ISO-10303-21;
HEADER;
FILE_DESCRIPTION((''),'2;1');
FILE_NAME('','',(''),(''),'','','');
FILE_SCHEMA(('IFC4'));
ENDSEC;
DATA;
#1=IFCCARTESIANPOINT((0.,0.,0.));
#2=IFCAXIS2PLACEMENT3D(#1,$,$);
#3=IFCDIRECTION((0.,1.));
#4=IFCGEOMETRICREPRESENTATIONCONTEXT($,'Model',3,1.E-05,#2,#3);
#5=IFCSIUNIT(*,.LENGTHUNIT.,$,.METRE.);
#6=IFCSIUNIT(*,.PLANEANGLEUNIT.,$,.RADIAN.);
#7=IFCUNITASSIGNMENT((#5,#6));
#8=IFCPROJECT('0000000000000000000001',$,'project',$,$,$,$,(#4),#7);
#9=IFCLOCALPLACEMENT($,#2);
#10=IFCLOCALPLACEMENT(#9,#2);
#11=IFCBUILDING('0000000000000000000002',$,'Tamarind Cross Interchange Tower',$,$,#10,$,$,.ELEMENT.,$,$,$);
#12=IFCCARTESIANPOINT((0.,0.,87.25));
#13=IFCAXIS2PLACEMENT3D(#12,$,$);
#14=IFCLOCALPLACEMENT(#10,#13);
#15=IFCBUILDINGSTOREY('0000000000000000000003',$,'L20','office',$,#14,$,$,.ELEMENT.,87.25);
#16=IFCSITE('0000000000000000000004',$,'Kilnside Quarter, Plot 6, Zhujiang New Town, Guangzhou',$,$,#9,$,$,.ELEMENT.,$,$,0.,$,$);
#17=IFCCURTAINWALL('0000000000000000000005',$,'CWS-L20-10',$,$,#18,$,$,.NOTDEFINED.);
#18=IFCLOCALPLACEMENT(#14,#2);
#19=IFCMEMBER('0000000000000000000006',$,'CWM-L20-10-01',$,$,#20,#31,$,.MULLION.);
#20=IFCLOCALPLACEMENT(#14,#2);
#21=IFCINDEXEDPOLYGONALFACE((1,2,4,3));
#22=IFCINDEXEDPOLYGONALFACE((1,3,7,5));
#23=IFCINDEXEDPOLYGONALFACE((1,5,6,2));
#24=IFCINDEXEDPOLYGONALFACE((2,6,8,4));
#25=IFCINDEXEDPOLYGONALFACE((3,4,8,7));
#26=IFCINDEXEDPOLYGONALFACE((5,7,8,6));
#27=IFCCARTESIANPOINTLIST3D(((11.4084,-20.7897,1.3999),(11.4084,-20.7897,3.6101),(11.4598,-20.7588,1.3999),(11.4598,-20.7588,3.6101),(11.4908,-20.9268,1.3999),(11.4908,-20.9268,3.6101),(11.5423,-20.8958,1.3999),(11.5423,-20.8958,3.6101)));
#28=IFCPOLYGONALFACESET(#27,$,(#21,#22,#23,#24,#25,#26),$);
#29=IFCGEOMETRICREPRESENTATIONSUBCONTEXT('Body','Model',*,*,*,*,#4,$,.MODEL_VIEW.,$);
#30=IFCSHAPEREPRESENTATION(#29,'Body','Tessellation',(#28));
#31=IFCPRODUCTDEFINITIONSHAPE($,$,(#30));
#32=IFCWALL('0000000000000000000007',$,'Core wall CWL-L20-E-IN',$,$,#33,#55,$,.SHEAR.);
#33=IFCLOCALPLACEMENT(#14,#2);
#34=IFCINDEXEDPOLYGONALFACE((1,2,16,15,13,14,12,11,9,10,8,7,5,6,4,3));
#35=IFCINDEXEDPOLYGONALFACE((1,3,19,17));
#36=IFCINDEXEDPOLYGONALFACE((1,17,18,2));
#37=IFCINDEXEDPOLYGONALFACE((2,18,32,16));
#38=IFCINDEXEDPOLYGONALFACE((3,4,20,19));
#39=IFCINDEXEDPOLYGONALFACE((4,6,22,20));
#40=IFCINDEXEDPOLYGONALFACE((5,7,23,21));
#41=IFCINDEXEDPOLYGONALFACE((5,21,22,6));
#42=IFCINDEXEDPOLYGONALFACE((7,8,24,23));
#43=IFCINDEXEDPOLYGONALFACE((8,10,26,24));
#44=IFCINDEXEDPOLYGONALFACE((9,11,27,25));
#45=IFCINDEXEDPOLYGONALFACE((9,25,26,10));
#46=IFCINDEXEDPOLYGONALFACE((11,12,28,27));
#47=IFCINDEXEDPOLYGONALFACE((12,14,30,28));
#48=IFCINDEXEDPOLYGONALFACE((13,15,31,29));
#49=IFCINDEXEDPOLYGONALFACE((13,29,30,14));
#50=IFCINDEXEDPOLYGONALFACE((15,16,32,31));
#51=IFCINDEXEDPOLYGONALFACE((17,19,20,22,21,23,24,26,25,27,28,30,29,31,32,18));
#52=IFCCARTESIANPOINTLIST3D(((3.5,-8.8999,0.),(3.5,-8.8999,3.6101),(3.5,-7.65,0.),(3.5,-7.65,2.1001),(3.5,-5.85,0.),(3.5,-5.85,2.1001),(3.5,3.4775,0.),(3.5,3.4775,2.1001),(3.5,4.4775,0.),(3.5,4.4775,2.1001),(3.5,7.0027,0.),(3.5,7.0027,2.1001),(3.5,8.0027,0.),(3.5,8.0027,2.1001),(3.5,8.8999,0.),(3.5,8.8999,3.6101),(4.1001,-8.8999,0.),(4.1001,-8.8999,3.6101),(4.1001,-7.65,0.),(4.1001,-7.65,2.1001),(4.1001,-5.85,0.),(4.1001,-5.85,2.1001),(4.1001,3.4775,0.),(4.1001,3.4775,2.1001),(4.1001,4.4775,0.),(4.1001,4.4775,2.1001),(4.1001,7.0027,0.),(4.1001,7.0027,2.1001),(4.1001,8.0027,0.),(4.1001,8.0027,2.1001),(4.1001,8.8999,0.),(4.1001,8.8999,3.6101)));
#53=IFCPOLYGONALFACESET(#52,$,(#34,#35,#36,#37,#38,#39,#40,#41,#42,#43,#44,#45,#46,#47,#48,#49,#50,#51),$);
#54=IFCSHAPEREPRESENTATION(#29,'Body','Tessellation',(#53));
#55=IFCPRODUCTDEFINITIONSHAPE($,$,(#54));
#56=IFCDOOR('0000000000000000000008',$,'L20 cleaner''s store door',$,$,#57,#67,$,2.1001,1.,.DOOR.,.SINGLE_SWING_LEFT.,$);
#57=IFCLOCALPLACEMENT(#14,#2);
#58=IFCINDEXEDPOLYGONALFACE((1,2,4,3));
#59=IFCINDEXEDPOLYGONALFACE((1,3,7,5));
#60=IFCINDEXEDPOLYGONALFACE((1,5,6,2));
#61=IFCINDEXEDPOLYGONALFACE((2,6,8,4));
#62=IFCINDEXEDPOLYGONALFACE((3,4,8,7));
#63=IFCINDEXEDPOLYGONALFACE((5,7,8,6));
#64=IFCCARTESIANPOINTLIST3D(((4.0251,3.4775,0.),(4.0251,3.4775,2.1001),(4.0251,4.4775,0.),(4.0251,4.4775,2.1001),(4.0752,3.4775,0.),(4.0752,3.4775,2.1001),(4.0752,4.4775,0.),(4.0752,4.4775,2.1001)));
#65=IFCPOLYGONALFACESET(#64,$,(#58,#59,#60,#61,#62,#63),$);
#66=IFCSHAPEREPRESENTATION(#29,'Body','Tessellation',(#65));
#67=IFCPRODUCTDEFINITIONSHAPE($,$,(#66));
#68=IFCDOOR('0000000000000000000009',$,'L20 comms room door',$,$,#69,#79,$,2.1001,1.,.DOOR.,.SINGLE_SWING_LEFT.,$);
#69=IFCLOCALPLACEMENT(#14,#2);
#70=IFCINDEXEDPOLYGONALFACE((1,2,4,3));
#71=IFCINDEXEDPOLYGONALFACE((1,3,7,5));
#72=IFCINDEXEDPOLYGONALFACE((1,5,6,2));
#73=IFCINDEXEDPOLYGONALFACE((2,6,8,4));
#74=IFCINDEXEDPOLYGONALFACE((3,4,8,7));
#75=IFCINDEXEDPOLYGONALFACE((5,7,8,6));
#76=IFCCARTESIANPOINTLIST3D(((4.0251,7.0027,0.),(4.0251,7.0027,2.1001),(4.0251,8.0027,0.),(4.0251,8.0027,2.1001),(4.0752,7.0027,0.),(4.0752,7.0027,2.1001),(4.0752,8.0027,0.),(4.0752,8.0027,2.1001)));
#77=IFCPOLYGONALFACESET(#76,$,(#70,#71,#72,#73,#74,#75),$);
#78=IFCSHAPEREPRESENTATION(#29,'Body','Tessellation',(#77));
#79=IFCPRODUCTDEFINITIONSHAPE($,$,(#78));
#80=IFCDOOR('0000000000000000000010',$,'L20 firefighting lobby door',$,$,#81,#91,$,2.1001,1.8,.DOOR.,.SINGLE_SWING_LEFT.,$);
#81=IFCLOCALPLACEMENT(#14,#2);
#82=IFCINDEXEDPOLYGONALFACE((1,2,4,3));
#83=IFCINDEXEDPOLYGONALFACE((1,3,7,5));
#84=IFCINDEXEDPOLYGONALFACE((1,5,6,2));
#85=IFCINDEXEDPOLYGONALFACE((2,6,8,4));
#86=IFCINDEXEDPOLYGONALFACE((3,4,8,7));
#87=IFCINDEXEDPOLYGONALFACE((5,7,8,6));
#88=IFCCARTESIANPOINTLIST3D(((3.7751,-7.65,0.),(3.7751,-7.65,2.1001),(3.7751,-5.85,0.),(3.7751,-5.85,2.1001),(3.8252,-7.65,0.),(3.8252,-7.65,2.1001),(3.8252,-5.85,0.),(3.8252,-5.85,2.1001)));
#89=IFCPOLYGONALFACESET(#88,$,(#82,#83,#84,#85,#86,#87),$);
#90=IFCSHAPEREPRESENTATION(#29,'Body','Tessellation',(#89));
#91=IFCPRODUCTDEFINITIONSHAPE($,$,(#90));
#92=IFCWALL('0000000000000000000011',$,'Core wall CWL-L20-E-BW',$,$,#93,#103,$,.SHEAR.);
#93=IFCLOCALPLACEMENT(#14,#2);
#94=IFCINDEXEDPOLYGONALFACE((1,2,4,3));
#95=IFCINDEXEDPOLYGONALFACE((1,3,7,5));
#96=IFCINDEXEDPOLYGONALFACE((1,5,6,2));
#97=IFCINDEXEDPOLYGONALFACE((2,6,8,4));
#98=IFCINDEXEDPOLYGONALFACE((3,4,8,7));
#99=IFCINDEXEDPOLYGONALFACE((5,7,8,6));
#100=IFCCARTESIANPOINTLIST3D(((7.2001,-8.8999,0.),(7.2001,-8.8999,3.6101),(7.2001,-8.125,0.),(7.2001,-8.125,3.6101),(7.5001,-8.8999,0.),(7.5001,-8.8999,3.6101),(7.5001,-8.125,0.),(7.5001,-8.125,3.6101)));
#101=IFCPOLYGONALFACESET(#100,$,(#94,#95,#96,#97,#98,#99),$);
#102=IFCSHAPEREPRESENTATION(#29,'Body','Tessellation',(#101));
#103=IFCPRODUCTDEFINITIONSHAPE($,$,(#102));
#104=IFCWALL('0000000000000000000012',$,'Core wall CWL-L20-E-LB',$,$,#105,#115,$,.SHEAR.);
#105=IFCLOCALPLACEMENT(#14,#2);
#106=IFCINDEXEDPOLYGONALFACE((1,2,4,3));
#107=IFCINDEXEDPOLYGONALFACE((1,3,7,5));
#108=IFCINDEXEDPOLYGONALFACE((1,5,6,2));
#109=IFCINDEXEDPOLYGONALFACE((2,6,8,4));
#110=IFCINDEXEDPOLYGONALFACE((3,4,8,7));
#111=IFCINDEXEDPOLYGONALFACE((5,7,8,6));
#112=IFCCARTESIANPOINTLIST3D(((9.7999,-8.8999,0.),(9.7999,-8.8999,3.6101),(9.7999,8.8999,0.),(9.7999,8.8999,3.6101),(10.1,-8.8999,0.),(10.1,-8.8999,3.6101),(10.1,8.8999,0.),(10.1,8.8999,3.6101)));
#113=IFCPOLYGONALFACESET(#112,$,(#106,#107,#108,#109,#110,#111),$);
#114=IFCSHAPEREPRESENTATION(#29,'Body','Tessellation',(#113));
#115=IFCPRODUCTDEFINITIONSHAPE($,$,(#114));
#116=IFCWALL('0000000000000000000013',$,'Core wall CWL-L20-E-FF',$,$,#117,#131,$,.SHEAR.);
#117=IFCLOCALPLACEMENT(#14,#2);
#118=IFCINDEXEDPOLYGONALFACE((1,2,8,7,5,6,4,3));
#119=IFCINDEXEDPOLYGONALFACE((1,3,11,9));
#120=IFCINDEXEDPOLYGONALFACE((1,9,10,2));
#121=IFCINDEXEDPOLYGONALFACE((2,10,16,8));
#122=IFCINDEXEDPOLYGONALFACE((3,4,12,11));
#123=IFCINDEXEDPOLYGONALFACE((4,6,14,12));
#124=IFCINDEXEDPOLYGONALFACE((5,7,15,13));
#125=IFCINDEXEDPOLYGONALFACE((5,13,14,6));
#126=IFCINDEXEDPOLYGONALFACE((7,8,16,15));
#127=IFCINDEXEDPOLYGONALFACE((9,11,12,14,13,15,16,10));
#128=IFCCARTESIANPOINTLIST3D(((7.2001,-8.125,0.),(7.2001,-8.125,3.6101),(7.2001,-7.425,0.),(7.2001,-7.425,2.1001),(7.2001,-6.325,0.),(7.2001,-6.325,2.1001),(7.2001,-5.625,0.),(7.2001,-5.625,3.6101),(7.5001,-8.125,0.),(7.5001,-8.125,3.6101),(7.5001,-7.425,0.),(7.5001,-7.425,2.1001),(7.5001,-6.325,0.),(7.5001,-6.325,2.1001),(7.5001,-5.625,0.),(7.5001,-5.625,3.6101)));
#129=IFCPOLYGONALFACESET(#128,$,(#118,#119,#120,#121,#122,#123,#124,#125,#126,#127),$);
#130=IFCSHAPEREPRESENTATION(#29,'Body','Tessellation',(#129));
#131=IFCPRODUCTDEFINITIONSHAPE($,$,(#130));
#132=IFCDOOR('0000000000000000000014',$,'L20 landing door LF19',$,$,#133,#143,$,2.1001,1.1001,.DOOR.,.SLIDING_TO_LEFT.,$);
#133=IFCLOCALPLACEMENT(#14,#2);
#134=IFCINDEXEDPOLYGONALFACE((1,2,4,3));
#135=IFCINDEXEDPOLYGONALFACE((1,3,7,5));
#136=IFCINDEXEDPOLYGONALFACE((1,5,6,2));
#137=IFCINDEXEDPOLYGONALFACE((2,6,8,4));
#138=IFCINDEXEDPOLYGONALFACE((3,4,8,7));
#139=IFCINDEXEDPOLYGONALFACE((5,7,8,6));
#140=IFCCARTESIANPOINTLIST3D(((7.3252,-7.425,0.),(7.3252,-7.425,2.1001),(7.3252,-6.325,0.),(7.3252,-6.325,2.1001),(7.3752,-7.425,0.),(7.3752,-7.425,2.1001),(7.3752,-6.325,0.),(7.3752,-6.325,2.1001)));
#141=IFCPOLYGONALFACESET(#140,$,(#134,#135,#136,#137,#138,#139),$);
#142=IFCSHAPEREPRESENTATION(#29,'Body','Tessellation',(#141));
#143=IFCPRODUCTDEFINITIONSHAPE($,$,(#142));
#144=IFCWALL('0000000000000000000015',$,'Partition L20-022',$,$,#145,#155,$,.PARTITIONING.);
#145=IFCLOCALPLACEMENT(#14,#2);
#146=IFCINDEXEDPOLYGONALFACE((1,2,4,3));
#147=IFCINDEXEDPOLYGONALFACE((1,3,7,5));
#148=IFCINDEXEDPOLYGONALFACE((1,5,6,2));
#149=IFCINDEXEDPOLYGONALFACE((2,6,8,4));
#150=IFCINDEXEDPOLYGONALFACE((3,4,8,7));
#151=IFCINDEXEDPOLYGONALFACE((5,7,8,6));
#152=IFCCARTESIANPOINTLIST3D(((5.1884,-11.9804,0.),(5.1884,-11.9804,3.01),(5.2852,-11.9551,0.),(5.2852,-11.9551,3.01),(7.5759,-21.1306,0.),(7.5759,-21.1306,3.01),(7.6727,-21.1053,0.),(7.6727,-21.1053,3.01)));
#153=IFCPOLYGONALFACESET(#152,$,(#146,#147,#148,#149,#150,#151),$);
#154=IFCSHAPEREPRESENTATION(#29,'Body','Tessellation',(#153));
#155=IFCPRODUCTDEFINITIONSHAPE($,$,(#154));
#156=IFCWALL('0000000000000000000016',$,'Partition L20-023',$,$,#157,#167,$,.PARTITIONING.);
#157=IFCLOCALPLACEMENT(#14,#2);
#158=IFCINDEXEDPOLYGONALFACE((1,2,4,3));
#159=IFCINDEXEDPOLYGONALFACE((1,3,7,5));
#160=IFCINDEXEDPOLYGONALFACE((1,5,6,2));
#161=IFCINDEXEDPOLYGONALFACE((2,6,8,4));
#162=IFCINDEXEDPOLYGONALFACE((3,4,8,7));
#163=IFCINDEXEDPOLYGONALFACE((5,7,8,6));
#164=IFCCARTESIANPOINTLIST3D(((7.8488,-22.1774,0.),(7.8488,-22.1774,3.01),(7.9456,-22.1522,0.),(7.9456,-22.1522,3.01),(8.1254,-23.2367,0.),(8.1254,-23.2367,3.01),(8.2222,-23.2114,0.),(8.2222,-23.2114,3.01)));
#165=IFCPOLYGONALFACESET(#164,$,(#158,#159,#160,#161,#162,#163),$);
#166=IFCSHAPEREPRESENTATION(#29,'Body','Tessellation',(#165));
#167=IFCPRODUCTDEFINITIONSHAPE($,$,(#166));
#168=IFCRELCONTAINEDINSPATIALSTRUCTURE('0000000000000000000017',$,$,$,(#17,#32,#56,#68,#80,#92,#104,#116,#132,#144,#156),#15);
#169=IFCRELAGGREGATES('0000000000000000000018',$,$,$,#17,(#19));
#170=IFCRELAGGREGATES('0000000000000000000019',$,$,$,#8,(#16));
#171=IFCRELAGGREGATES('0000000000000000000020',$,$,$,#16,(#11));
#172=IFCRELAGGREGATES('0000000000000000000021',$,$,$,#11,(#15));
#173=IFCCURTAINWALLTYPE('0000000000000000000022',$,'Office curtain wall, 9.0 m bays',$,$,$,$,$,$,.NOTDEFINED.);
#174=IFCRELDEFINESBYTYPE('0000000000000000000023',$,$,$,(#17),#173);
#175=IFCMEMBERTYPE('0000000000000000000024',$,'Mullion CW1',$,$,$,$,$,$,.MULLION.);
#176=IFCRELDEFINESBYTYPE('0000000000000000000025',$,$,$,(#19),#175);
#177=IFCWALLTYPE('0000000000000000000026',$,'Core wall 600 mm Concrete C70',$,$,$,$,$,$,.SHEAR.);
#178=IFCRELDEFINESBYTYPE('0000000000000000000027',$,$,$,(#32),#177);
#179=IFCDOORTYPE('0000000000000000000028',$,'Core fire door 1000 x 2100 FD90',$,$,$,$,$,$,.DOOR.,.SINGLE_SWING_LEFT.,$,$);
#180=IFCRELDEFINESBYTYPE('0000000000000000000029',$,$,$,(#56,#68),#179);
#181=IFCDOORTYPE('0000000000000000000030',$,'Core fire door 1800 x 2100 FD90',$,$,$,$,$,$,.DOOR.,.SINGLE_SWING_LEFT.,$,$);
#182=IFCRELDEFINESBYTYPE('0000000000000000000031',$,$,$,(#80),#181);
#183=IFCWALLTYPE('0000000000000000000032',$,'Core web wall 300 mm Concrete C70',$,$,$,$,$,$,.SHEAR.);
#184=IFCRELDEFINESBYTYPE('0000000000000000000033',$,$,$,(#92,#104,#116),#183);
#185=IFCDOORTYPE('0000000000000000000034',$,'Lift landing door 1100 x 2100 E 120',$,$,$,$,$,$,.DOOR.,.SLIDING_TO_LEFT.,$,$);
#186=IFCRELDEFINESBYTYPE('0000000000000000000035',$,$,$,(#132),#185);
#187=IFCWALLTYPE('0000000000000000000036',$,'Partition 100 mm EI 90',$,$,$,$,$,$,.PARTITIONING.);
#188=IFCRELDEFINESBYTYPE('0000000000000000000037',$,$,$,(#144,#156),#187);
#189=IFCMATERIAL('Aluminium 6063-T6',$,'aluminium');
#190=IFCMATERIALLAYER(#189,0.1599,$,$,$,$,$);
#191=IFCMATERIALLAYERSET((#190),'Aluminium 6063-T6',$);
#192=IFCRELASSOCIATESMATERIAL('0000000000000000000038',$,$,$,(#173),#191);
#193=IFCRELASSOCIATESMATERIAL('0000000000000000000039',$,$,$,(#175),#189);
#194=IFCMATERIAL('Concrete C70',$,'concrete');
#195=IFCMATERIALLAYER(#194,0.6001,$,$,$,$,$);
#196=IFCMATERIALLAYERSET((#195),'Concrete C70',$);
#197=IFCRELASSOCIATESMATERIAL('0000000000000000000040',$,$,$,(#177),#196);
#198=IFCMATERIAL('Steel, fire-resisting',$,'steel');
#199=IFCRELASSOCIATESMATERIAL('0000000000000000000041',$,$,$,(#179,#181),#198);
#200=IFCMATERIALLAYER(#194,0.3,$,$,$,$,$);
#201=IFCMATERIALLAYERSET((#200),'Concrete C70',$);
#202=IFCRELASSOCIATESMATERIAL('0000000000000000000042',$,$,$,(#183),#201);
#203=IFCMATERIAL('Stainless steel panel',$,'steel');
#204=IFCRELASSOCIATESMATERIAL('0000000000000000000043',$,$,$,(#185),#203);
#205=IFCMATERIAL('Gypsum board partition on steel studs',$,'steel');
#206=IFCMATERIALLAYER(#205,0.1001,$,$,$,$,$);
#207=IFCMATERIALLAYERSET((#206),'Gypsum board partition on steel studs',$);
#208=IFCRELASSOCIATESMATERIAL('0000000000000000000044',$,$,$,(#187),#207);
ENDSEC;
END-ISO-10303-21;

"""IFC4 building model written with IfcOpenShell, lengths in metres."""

from ifc_helpers import new_model, si_unit, direction, frame, frame_2d, origin, origin_2d, place, context, subcontext, project, spatial, rectangle, extrude, material, layer, layer_set, material_profile, profile_set, type_object, element, fill, aggregate, save


model = new_model("IFC4")

# Units and contexts
model_context = context("Model", 3, precision=1e-05, world=origin(), true_north=direction((0.0, 1.0)))
body_context = subcontext(model_context, "Body", "Model", "MODEL_VIEW")
ifc_project = project(units=[si_unit("LENGTHUNIT", "METRE"), si_unit("PLANEANGLEUNIT", "RADIAN")], contexts=[model_context])

# Site, building, storey
site_placement = place(None, origin())
site = spatial("IfcSite", under=ifc_project, at=site_placement, Name="Kilnside Quarter, Plot 6, Zhujiang New Town, Guangzhou", CompositionType="ELEMENT", RefElevation=0.0)
building_placement = place(site_placement, origin())
building = spatial("IfcBuilding", under=site, at=building_placement, Name="Tamarind Cross Interchange Tower", CompositionType="ELEMENT")
storey_placement = place(building_placement, frame((0.0, 0.0, 87.25)))
storey = spatial("IfcBuildingStorey", under=building, at=storey_placement, Name="L20", Description="office", CompositionType="ELEMENT", Elevation=87.25)

# Curtain wall, member
ifc_material_1 = material(Name="Aluminium 6063-T6", Category="aluminium")
ifc_layer_1 = layer(ifc_material_1, 0.1599)
ifc_layer_set_1 = layer_set([ifc_layer_1], Name="Aluminium 6063-T6")
curtain_wall_type = type_object("IfcCurtainWallType", Name="Office curtain wall, 9.0 m bays", PredefinedType="NOTDEFINED", material=ifc_layer_set_1)
curtain_wall_placement = place(storey_placement, origin())
curtain_wall = element("IfcCurtainWall", 1, at=curtain_wall_placement, inside=storey, type_object=curtain_wall_type, Name="CWS-L20-10", PredefinedType="NOTDEFINED")
ifc_material_profile_1 = material_profile(ifc_material_1, rectangle(XDim=0.0601, YDim=0.1599, at=origin_2d()), Name="Mullion CW1")
ifc_profile_set_1 = profile_set([ifc_material_profile_1], Name="Aluminium 6063-T6")
member_type = type_object("IfcMemberType", Name="Mullion CW1", PredefinedType="MULLION", material=ifc_profile_set_1)
member_placement = place(storey_placement, frame((11.4753, -20.8428, 1.3999), z_axis=(0.0, 0.0, 1.0), x_axis=(0.856843, 0.515577, 0.0)))
member = element("IfcMember", 2, at=member_placement, type_object=member_type, Name="CWM-L20-10-01", PredefinedType="MULLION", context=body_context, shape_type="SweptSolid", body=[
    extrude(rectangle(XDim=0.0601, YDim=0.1599, at=origin_2d()), origin(), (0.0, 0.0, 1.0), 2.2102),
])
aggregate(curtain_wall, [member])

# Wall, openings, doors
ifc_material_2 = material(Name="Concrete C70", Category="concrete")
ifc_layer_2 = layer(ifc_material_2, 0.6001)
ifc_layer_set_2 = layer_set([ifc_layer_2], Name="Concrete C70")
wall_type_1 = type_object("IfcWallType", Name="Core wall 600 mm Concrete C70", PredefinedType="SHEAR", material=ifc_layer_set_2)
wall_1_placement = place(storey_placement, frame((3.8, -8.8999, 0.0), z_axis=(0.0, 0.0, 1.0), x_axis=(0.0, 1.0, 0.0)))
wall_1 = element("IfcWall", 3, at=wall_1_placement, inside=storey, type_object=wall_type_1, Name="Core wall CWL-L20-E-IN", PredefinedType="SHEAR", context=body_context, shape_type="SweptSolid", body=[
    extrude(rectangle(XDim=17.7998, YDim=0.6001, at=frame_2d((8.8999, 0.0))), origin(), (0.0, 0.0, 1.0), 3.6101),
])
opening_1_placement = place(wall_1_placement, frame((1.25, 0.0, 0.0)))
opening_1 = element("IfcOpeningElement", 4, at=opening_1_placement, cuts=wall_1, PredefinedType="OPENING", context=body_context, shape_type="SweptSolid", body=[
    extrude(rectangle(XDim=1.8, YDim=2.1001, at=frame_2d((0.8999, 1.05))), frame((0.0, 0.3101, 0.0), z_axis=(0.0, -1.0, 0.0), x_axis=(1.0, 0.0, 0.0)), (0.0, 0.0, 1.0), 0.6201),
])
opening_2_placement = place(wall_1_placement, frame((12.3774, 0.0, 0.0)))
opening_2 = element("IfcOpeningElement", 5, at=opening_2_placement, cuts=wall_1, PredefinedType="OPENING", context=body_context, shape_type="SweptSolid", body=[
    extrude(rectangle(XDim=1.0, YDim=2.1001, at=frame_2d((0.5, 1.05))), frame((0.0, 0.3101, 0.0), z_axis=(0.0, -1.0, 0.0), x_axis=(1.0, 0.0, 0.0)), (0.0, 0.0, 1.0), 0.6201),
])
opening_3_placement = place(wall_1_placement, frame((15.9026, 0.0, 0.0)))
opening_3 = element("IfcOpeningElement", 6, at=opening_3_placement, cuts=wall_1, PredefinedType="OPENING", context=body_context, shape_type="SweptSolid", body=[
    extrude(rectangle(XDim=1.0, YDim=2.1001, at=frame_2d((0.5, 1.05))), frame((0.0, 0.3101, 0.0), z_axis=(0.0, -1.0, 0.0), x_axis=(1.0, 0.0, 0.0)), (0.0, 0.0, 1.0), 0.6201),
])
ifc_material_3 = material(Name="Steel, fire-resisting", Category="steel")
door_type_1 = type_object("IfcDoorType", Name="Core fire door 1000 x 2100 FD90", OperationType="SINGLE_SWING_LEFT", PredefinedType="DOOR", material=ifc_material_3)
door_1_placement = place(opening_2_placement, origin())
door_1 = element("IfcDoor", 7, at=door_1_placement, inside=storey, type_object=door_type_1, Name="L20 cleaner's store door", OperationType="SINGLE_SWING_LEFT", OverallHeight=2.1001, OverallWidth=1.0, PredefinedType="DOOR", context=body_context, shape_type="SweptSolid", body=[
    extrude(rectangle(XDim=1.0, YDim=2.1001, at=frame_2d((0.5, 1.05))), frame((0.0, -0.2251, 0.0), z_axis=(0.0, -1.0, 0.0), x_axis=(1.0, 0.0, 0.0)), (0.0, 0.0, 1.0), 0.05),
])
fill(opening_2, door_1)
door_2_placement = place(opening_3_placement, origin())
door_2 = element("IfcDoor", 8, at=door_2_placement, inside=storey, type_object=door_type_1, Name="L20 comms room door", OperationType="SINGLE_SWING_LEFT", OverallHeight=2.1001, OverallWidth=1.0, PredefinedType="DOOR", context=body_context, shape_type="SweptSolid", body=[
    extrude(rectangle(XDim=1.0, YDim=2.1001, at=frame_2d((0.5, 1.05))), frame((0.0, -0.2251, 0.0), z_axis=(0.0, -1.0, 0.0), x_axis=(1.0, 0.0, 0.0)), (0.0, 0.0, 1.0), 0.05),
])
fill(opening_3, door_2)
door_type_2 = type_object("IfcDoorType", Name="Core fire door 1800 x 2100 FD90", OperationType="SINGLE_SWING_LEFT", PredefinedType="DOOR", material=ifc_material_3)
door_3_placement = place(opening_1_placement, origin())
door_3 = element("IfcDoor", 9, at=door_3_placement, inside=storey, type_object=door_type_2, Name="L20 firefighting lobby door", OperationType="SINGLE_SWING_LEFT", OverallHeight=2.1001, OverallWidth=1.8, PredefinedType="DOOR", context=body_context, shape_type="SweptSolid", body=[
    extrude(rectangle(XDim=1.8, YDim=2.1001, at=frame_2d((0.8999, 1.05))), frame((0.0, 0.0249, 0.0), z_axis=(0.0, -1.0, 0.0), x_axis=(1.0, 0.0, 0.0)), (0.0, 0.0, 1.0), 0.05),
])
fill(opening_1, door_3)

# Walls
ifc_layer_3 = layer(ifc_material_2, 0.3)
ifc_layer_set_3 = layer_set([ifc_layer_3], Name="Concrete C70")
wall_type_2 = type_object("IfcWallType", Name="Core web wall 300 mm Concrete C70", PredefinedType="SHEAR", material=ifc_layer_set_3)
wall_2_placement = place(storey_placement, frame((7.3501, -8.8999, 0.0), z_axis=(0.0, 0.0, 1.0), x_axis=(0.0, 1.0, 0.0)))
element("IfcWall", 10, at=wall_2_placement, inside=storey, type_object=wall_type_2, Name="Core wall CWL-L20-E-BW", PredefinedType="SHEAR", context=body_context, shape_type="SweptSolid", body=[
    extrude(rectangle(XDim=0.7749, YDim=0.3, at=frame_2d((0.3875, 0.0))), origin(), (0.0, 0.0, 1.0), 3.6101),
])
wall_3_placement = place(storey_placement, frame((9.95, -8.8999, 0.0), z_axis=(0.0, 0.0, 1.0), x_axis=(0.0, 1.0, 0.0)))
element("IfcWall", 11, at=wall_3_placement, inside=storey, type_object=wall_type_2, Name="Core wall CWL-L20-E-LB", PredefinedType="SHEAR", context=body_context, shape_type="SweptSolid", body=[
    extrude(rectangle(XDim=17.7998, YDim=0.3, at=frame_2d((8.8999, 0.0))), origin(), (0.0, 0.0, 1.0), 3.6101),
])

# Wall, opening, door
wall_4_placement = place(storey_placement, frame((7.3501, -8.125, 0.0), z_axis=(0.0, 0.0, 1.0), x_axis=(0.0, 1.0, 0.0)))
wall_4 = element("IfcWall", 12, at=wall_4_placement, inside=storey, type_object=wall_type_2, Name="Core wall CWL-L20-E-FF", PredefinedType="SHEAR", context=body_context, shape_type="SweptSolid", body=[
    extrude(rectangle(XDim=2.5, YDim=0.3, at=frame_2d((1.25, 0.0))), origin(), (0.0, 0.0, 1.0), 3.6101),
])
opening_4_placement = place(wall_4_placement, frame((0.7, 0.0, 0.0)))
opening_4 = element("IfcOpeningElement", 13, at=opening_4_placement, cuts=wall_4, PredefinedType="OPENING", context=body_context, shape_type="SweptSolid", body=[
    extrude(rectangle(XDim=1.1001, YDim=2.1001, at=frame_2d((0.55, 1.05))), frame((0.0, 0.1599, 0.0), z_axis=(0.0, -1.0, 0.0), x_axis=(1.0, 0.0, 0.0)), (0.0, 0.0, 1.0), 0.3201),
])
ifc_material_4 = material(Name="Stainless steel panel", Category="steel")
door_type_3 = type_object("IfcDoorType", Name="Lift landing door 1100 x 2100 E 120", OperationType="SLIDING_TO_LEFT", PredefinedType="DOOR", material=ifc_material_4)
door_4_placement = place(opening_4_placement, origin())
door_4 = element("IfcDoor", 14, at=door_4_placement, inside=storey, type_object=door_type_3, Name="L20 landing door LF19", OperationType="SLIDING_TO_LEFT", OverallHeight=2.1001, OverallWidth=1.1001, PredefinedType="DOOR", context=body_context, shape_type="SweptSolid", body=[
    extrude(rectangle(XDim=1.1001, YDim=2.1001, at=frame_2d((0.55, 1.05))), frame((0.0, 0.0249, 0.0), z_axis=(0.0, -1.0, 0.0), x_axis=(1.0, 0.0, 0.0)), (0.0, 0.0, 1.0), 0.05),
])
fill(opening_4, door_4)

# Walls
ifc_material_5 = material(Name="Gypsum board partition on steel studs", Category="steel")
ifc_layer_4 = layer(ifc_material_5, 0.1001)
ifc_layer_set_4 = layer_set([ifc_layer_4], Name="Gypsum board partition on steel studs")
wall_type_3 = type_object("IfcWallType", Name="Partition 100 mm EI 90", PredefinedType="PARTITIONING", material=ifc_layer_set_4)
wall_5_placement = place(storey_placement, frame((5.2368, -11.9678, 0.0), z_axis=(0.0, 0.0, 1.0), x_axis=(0.252467, -0.967605, 0.0)))
element("IfcWall", 15, at=wall_5_placement, inside=storey, type_object=wall_type_3, Name="Partition L20-022", PredefinedType="PARTITIONING", context=body_context, shape_type="SweptSolid", body=[
    extrude(rectangle(XDim=9.4565, YDim=0.1001, at=frame_2d((4.7283, 0.0))), origin(), (0.0, 0.0, 1.0), 3.01),
])
wall_6_placement = place(storey_placement, frame((7.8972, -22.1648, 0.0), z_axis=(0.0, 0.0, 1.0), x_axis=(0.252649, -0.967558, 0.0)))
element("IfcWall", 16, at=wall_6_placement, inside=storey, type_object=wall_type_3, Name="Partition L20-023", PredefinedType="PARTITIONING", context=body_context, shape_type="SweptSolid", body=[
    extrude(rectangle(XDim=1.0947, YDim=0.1001, at=frame_2d((0.5474, 0.0))), origin(), (0.0, 0.0, 1.0), 3.01),
])

save(model, "model.ifc")
